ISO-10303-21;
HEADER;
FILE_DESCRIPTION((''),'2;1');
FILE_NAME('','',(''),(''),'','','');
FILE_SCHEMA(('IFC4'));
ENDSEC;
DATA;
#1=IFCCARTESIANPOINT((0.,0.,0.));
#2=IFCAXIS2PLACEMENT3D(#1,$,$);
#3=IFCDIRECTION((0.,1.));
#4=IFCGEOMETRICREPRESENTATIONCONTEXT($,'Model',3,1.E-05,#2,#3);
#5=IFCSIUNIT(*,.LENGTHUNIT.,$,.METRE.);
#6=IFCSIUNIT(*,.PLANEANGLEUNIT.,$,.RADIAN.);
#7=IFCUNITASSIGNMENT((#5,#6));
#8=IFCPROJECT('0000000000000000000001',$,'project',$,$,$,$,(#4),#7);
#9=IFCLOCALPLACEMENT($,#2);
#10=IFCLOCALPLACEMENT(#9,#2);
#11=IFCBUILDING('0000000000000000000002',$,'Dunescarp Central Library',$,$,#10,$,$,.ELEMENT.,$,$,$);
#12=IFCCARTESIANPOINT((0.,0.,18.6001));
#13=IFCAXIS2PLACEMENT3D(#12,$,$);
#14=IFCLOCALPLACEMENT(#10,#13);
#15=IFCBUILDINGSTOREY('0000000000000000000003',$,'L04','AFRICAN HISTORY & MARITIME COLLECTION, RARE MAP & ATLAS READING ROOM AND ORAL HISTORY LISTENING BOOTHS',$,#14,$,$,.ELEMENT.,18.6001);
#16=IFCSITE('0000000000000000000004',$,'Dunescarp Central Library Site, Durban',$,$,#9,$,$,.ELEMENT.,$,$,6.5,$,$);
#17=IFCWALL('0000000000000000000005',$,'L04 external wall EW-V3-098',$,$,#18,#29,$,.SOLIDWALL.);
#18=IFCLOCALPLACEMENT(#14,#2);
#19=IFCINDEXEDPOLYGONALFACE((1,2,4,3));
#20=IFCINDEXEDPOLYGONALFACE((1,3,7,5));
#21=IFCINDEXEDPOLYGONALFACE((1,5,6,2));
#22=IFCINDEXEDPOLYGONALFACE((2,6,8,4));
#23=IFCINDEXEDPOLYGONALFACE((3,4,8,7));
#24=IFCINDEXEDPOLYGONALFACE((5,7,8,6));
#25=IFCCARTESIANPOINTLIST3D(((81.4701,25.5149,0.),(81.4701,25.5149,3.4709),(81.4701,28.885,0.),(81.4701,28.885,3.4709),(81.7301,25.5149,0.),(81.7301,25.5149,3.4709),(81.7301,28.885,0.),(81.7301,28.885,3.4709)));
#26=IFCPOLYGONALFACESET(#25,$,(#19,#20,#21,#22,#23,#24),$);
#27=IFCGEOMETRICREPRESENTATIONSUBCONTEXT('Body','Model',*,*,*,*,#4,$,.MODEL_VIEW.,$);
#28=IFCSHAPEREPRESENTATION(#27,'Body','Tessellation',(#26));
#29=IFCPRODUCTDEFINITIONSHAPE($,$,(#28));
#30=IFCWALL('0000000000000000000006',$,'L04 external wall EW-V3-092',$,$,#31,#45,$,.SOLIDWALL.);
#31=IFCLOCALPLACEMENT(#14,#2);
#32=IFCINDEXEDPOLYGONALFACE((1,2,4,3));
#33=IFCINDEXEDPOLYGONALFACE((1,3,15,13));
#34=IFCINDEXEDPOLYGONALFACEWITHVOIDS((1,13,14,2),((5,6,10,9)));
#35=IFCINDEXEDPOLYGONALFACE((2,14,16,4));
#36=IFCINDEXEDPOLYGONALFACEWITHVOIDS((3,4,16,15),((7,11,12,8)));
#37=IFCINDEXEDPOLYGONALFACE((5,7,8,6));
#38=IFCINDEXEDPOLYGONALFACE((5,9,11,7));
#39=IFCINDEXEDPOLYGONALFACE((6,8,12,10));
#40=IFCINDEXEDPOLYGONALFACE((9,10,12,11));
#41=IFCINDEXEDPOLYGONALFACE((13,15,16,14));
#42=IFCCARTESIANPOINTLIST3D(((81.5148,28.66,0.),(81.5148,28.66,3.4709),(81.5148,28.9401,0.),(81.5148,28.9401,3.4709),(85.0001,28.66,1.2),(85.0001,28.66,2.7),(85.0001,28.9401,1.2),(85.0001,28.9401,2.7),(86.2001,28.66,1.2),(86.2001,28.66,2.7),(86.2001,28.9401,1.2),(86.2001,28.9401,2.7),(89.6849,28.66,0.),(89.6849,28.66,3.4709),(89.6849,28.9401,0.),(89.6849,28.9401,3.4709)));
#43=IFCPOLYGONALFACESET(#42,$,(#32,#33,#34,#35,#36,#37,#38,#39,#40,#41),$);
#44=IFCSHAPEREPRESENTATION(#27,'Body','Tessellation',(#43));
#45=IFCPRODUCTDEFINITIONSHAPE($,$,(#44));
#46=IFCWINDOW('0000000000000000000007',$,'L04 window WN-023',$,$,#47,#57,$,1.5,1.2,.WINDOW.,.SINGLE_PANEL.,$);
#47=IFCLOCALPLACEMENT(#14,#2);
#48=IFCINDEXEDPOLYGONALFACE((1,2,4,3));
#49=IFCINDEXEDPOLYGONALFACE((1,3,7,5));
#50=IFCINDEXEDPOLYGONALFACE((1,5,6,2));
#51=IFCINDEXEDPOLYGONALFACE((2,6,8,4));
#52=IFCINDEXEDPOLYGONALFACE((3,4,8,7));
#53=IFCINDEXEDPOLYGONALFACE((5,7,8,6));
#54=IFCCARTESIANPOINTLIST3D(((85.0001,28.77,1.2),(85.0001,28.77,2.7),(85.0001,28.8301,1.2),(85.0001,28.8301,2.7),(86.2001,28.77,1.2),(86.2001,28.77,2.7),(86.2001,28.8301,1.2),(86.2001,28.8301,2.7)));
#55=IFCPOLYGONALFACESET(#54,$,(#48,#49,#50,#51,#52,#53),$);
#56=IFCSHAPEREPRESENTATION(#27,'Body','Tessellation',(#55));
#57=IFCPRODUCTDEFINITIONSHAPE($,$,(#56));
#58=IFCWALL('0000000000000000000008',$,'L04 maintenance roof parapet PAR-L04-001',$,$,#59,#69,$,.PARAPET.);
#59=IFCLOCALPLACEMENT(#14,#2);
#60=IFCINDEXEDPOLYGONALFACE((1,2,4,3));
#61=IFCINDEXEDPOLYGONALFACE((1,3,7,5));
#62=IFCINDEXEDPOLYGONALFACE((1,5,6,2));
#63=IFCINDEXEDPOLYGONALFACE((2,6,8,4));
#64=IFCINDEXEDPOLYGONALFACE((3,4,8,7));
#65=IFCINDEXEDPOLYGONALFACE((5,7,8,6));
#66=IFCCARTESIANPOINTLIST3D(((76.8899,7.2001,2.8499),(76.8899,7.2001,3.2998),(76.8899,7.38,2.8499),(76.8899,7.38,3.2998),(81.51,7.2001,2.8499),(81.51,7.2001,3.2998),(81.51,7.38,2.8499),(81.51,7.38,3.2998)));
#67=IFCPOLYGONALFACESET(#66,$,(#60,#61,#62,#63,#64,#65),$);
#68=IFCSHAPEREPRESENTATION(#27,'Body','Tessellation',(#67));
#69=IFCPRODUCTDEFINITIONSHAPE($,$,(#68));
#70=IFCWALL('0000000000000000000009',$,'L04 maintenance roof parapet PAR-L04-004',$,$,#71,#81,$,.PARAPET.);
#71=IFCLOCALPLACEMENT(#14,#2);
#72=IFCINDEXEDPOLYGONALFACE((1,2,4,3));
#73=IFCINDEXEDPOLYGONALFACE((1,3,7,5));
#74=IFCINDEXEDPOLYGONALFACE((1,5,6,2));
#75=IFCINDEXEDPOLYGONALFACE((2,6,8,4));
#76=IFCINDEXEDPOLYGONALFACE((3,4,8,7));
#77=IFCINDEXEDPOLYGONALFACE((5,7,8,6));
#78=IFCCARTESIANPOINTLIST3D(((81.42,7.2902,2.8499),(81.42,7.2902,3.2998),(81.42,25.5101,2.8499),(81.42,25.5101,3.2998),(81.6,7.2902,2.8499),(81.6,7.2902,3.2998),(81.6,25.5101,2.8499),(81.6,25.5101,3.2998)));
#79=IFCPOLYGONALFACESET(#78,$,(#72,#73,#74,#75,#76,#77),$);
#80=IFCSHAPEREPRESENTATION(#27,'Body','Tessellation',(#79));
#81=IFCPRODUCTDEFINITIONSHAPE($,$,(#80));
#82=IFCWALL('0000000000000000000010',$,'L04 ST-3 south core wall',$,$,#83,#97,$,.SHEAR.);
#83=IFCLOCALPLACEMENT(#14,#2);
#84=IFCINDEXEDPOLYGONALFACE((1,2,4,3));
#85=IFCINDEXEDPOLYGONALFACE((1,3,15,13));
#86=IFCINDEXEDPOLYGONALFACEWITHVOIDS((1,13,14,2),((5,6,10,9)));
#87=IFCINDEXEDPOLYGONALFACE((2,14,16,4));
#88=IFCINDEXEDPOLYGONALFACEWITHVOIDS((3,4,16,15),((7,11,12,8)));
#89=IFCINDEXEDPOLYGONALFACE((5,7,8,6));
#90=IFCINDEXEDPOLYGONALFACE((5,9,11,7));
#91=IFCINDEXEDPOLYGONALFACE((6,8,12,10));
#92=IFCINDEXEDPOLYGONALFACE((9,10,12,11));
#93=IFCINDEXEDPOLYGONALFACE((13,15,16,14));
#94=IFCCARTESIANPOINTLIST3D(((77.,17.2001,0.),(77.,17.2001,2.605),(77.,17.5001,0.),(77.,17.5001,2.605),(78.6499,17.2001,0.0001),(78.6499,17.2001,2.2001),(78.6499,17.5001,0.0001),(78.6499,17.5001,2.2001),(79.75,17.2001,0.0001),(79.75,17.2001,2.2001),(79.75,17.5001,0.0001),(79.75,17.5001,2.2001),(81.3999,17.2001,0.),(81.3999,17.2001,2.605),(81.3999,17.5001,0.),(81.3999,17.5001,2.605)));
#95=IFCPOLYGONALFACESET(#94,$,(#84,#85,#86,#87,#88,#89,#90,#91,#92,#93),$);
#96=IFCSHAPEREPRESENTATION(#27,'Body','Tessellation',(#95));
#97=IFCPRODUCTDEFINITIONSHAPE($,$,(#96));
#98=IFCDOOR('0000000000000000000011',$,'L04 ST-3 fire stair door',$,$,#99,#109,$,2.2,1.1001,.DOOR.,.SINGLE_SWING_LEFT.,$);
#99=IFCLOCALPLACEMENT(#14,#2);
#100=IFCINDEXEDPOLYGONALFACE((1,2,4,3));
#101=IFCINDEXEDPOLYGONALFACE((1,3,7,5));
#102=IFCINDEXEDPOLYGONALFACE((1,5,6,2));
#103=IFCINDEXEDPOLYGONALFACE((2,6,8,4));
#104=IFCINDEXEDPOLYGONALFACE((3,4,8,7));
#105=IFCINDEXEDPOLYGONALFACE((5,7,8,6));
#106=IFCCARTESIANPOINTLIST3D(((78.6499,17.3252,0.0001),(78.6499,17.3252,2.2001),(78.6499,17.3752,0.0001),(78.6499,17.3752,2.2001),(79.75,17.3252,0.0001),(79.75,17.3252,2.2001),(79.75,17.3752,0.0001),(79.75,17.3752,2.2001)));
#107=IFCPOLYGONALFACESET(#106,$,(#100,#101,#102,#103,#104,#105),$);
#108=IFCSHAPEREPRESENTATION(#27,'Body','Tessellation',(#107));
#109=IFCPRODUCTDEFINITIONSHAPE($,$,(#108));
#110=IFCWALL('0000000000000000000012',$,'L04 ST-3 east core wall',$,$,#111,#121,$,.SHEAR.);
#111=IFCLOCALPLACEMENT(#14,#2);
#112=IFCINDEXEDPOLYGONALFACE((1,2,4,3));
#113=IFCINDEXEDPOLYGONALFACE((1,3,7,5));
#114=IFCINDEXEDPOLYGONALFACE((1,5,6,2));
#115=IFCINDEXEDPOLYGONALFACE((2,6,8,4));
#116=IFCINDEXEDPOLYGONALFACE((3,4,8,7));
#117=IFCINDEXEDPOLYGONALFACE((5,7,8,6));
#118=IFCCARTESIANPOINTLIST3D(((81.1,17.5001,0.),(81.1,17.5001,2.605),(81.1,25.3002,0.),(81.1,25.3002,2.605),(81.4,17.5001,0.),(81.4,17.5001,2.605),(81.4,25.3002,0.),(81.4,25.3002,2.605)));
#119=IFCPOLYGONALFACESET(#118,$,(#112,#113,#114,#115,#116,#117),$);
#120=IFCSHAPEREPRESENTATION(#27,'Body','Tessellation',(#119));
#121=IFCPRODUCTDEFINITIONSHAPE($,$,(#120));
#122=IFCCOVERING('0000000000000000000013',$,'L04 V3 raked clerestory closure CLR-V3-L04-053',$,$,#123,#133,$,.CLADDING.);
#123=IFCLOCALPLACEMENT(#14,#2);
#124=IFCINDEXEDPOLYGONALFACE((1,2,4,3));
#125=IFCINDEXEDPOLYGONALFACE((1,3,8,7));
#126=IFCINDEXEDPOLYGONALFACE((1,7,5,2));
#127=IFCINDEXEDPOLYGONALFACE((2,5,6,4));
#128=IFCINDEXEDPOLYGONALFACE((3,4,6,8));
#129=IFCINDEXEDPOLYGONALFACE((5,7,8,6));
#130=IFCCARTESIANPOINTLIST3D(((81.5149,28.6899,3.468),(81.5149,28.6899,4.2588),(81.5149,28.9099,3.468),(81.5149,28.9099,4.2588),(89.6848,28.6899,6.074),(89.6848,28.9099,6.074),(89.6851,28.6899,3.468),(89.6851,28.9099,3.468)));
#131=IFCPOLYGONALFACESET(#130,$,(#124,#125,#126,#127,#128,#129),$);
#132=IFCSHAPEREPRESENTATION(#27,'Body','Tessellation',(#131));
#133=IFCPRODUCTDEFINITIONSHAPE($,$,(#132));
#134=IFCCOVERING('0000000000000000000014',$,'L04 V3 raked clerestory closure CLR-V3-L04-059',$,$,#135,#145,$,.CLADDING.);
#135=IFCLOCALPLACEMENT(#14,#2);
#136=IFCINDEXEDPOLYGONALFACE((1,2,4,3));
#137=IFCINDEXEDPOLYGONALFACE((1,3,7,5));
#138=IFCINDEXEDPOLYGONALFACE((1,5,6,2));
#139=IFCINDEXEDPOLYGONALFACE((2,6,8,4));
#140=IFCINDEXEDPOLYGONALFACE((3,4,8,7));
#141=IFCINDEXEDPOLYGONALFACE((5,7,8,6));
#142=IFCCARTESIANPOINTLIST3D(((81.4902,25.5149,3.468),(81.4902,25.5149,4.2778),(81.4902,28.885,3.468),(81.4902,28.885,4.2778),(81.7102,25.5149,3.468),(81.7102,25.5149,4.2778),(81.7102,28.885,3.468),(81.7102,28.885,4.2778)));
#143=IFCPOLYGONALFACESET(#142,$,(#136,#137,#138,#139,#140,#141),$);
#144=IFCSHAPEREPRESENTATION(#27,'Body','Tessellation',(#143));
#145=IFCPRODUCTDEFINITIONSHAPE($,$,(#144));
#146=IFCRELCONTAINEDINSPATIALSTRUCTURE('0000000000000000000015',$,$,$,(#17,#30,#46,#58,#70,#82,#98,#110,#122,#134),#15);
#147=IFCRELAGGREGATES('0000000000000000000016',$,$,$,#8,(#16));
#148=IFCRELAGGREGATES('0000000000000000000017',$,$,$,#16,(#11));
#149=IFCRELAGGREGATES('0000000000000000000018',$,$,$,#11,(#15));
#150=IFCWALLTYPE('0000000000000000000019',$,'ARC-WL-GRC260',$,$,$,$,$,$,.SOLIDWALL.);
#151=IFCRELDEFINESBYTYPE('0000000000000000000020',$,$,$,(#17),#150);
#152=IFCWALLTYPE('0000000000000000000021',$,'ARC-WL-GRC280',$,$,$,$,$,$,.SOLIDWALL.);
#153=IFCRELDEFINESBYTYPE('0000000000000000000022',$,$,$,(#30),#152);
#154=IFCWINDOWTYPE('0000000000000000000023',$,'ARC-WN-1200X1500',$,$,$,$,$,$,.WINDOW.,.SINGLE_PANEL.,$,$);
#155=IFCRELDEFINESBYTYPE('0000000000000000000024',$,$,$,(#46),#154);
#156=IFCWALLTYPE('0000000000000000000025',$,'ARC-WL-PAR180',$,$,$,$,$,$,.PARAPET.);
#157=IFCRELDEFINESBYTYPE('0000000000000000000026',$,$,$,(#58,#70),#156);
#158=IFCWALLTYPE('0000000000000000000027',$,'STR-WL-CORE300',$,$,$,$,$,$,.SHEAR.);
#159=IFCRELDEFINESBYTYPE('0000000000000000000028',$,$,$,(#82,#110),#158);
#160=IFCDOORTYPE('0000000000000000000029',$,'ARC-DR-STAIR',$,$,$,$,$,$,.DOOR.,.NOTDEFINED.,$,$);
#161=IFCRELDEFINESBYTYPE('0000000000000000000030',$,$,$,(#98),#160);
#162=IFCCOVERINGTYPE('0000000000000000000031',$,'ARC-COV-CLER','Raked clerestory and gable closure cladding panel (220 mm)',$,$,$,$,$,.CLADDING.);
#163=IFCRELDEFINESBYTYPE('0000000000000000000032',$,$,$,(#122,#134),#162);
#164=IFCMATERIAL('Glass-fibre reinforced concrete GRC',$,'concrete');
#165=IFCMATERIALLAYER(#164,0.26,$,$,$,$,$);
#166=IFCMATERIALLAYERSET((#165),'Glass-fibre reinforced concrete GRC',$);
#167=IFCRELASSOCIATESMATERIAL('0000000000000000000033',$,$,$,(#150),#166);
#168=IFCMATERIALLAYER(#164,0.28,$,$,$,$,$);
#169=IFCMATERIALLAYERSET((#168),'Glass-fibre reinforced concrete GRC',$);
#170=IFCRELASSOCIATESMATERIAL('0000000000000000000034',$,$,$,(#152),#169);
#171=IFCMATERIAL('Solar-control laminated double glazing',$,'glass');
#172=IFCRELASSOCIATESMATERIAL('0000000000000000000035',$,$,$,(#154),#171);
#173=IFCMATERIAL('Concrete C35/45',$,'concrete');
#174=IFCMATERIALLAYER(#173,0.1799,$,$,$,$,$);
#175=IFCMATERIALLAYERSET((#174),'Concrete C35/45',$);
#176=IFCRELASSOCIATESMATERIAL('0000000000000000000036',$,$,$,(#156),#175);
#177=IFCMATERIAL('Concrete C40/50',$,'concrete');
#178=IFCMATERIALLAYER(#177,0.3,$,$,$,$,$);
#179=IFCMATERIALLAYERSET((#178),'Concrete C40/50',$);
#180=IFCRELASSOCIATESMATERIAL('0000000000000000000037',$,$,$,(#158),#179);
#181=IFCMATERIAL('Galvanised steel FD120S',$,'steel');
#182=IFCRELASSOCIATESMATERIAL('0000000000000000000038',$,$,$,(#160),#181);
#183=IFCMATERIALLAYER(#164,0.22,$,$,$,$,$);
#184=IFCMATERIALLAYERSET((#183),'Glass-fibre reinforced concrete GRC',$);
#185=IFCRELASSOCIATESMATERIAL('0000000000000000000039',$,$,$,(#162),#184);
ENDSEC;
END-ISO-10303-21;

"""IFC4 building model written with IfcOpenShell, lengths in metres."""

from ifc_helpers import new_model, si_unit, direction, frame, frame_2d, origin, place, context, subcontext, project, spatial, polyline, rectangle, outline, extrude, material, layer, layer_set, type_object, element, fill, save


model = new_model("IFC4")

# Units and contexts
model_context = context("Model", 3, precision=1e-05, world=origin(), true_north=direction((0.0, 1.0)))
body_context = subcontext(model_context, "Body", "Model", "MODEL_VIEW")
ifc_project = project(units=[si_unit("LENGTHUNIT", "METRE"), si_unit("PLANEANGLEUNIT", "RADIAN")], contexts=[model_context])

# Site, building, storey
site_placement = place(None, origin())
site = spatial("IfcSite", under=ifc_project, at=site_placement, Name="Dunescarp Central Library Site, Durban", CompositionType="ELEMENT", RefElevation=6.5)
building_placement = place(site_placement, origin())
building = spatial("IfcBuilding", under=site, at=building_placement, Name="Dunescarp Central Library", CompositionType="ELEMENT")
storey_placement = place(building_placement, frame((0.0, 0.0, 18.6001)))
storey = spatial("IfcBuildingStorey", under=building, at=storey_placement, Name="L04", Description="AFRICAN HISTORY & MARITIME COLLECTION, RARE MAP & ATLAS READING ROOM AND ORAL HISTORY LISTENING BOOTHS", CompositionType="ELEMENT", Elevation=18.6001)

# Shared definitions
ifc_material_1 = material(Name="Concrete C35/45", Category="concrete")
ifc_material_2 = material(Name="Galvanised steel FD120S", Category="steel")

# Wall
ifc_material_3 = material(Name="Glass-fibre reinforced concrete GRC", Category="concrete")
ifc_layer_1 = layer(ifc_material_3, 0.26)
ifc_layer_set_1 = layer_set([ifc_layer_1], Name="Glass-fibre reinforced concrete GRC")
wall_type_1 = type_object("IfcWallType", Name="ARC-WL-GRC260", PredefinedType="SOLIDWALL", material=ifc_layer_set_1)
wall_1_placement = place(storey_placement, frame((81.6001, 25.5149, 0.0), z_axis=(0.0, 0.0, 1.0), x_axis=(0.0, 1.0, 0.0)))
element("IfcWall", 1, at=wall_1_placement, inside=storey, type_object=wall_type_1, Name="L04 external wall EW-V3-098", PredefinedType="SOLIDWALL", context=body_context, shape_type="SweptSolid", body=[
    extrude(rectangle(XDim=3.3701, YDim=0.26, at=frame_2d((1.6851, 0.0))), origin(), (0.0, 0.0, 1.0), 3.4709),
])

# Wall, opening, window
ifc_layer_2 = layer(ifc_material_3, 0.28)
ifc_layer_set_2 = layer_set([ifc_layer_2], Name="Glass-fibre reinforced concrete GRC")
wall_type_2 = type_object("IfcWallType", Name="ARC-WL-GRC280", PredefinedType="SOLIDWALL", material=ifc_layer_set_2)
wall_2_placement = place(storey_placement, frame((81.5149, 28.8, 0.0), z_axis=(0.0, 0.0, 1.0), x_axis=(1.0, 0.0, 0.0)))
wall_2 = element("IfcWall", 2, at=wall_2_placement, inside=storey, type_object=wall_type_2, Name="L04 external wall EW-V3-092", PredefinedType="SOLIDWALL", context=body_context, shape_type="SweptSolid", body=[
    extrude(rectangle(XDim=8.1702, YDim=0.28, at=frame_2d((4.085, 0.0))), origin(), (0.0, 0.0, 1.0), 3.4709),
])
opening_1_placement = place(wall_2_placement, frame((3.4851, 0.0, 1.2)))
opening_1 = element("IfcOpeningElement", 3, at=opening_1_placement, cuts=wall_2, PredefinedType="OPENING", context=body_context, shape_type="SweptSolid", body=[
    extrude(rectangle(XDim=1.2, YDim=1.5, at=frame_2d((0.6001, 0.75))), frame((0.0, 0.1499, 0.0), z_axis=(0.0, -1.0, 0.0), x_axis=(1.0, 0.0, 0.0)), (0.0, 0.0, 1.0), 0.3),
])
ifc_material_4 = material(Name="Solar-control laminated double glazing", Category="glass")
window_type = type_object("IfcWindowType", Name="ARC-WN-1200X1500", PartitioningType="SINGLE_PANEL", PredefinedType="WINDOW", material=ifc_material_4)
window_placement = place(opening_1_placement, origin())
window = element("IfcWindow", 4, at=window_placement, inside=storey, type_object=window_type, Name="L04 window WN-023", OverallHeight=1.5, OverallWidth=1.2, PartitioningType="SINGLE_PANEL", PredefinedType="WINDOW", context=body_context, shape_type="SweptSolid", body=[
    extrude(rectangle(XDim=1.2, YDim=1.5, at=frame_2d((0.6001, 0.75))), frame((0.0, 0.03, 0.0), z_axis=(0.0, -1.0, 0.0), x_axis=(1.0, 0.0, 0.0)), (0.0, 0.0, 1.0), 0.0601),
])
fill(opening_1, window)

# Walls
ifc_layer_3 = layer(ifc_material_1, 0.1799)
ifc_layer_set_3 = layer_set([ifc_layer_3], Name="Concrete C35/45")
wall_type_3 = type_object("IfcWallType", Name="ARC-WL-PAR180", PredefinedType="PARAPET", material=ifc_layer_set_3)
wall_3_placement = place(storey_placement, frame((81.51, 7.29, 2.8499), z_axis=(0.0, 0.0, 1.0), x_axis=(-1.0, 0.0, 0.0)))
element("IfcWall", 5, at=wall_3_placement, inside=storey, type_object=wall_type_3, Name="L04 maintenance roof parapet PAR-L04-001", PredefinedType="PARAPET", context=body_context, shape_type="SweptSolid", body=[
    extrude(rectangle(XDim=4.6201, YDim=0.1799, at=frame_2d((2.3101, 0.0))), origin(), (0.0, 0.0, 1.0), 0.45),
])
wall_4_placement = place(storey_placement, frame((81.51, 25.51, 2.8499), z_axis=(0.0, 0.0, 1.0), x_axis=(0.0, -1.0, 0.0)))
element("IfcWall", 6, at=wall_4_placement, inside=storey, type_object=wall_type_3, Name="L04 maintenance roof parapet PAR-L04-004", PredefinedType="PARAPET", context=body_context, shape_type="SweptSolid", body=[
    extrude(rectangle(XDim=18.22, YDim=0.1799, at=frame_2d((9.1099, 0.0))), origin(), (0.0, 0.0, 1.0), 0.45),
])

# Wall, opening, door
ifc_material_5 = material(Name="Concrete C40/50", Category="concrete")
ifc_layer_4 = layer(ifc_material_5, 0.3)
ifc_layer_set_4 = layer_set([ifc_layer_4], Name="Concrete C40/50")
wall_type_4 = type_object("IfcWallType", Name="STR-WL-CORE300", PredefinedType="SHEAR", material=ifc_layer_set_4)
wall_5_placement = place(storey_placement, frame((81.3999, 17.3501, 0.0), z_axis=(0.0, 0.0, 1.0), x_axis=(-1.0, 0.0, 0.0)))
wall_5 = element("IfcWall", 7, at=wall_5_placement, inside=storey, type_object=wall_type_4, Name="L04 ST-3 south core wall", PredefinedType="SHEAR", context=body_context, shape_type="SweptSolid", body=[
    extrude(rectangle(XDim=4.3999, YDim=0.3, at=frame_2d((2.2, 0.0))), origin(), (0.0, 0.0, 1.0), 2.605),
])
opening_2_placement = place(wall_5_placement, frame((1.6499, 0.0, 0.0)))
opening_2 = element("IfcOpeningElement", 8, at=opening_2_placement, cuts=wall_5, PredefinedType="OPENING", context=body_context, shape_type="SweptSolid", body=[
    extrude(rectangle(XDim=1.1001, YDim=2.2, at=frame_2d((0.55, 1.1001))), frame((0.0, 0.1602, 0.0), z_axis=(0.0, -1.0, 0.0), x_axis=(1.0, 0.0, 0.0)), (0.0, 0.0, 1.0), 0.3201),
])
door_type_1 = type_object("IfcDoorType", Name="ARC-DR-STAIR", OperationType="NOTDEFINED", PredefinedType="DOOR", material=ifc_material_2)
door_1_placement = place(opening_2_placement, origin())
door_1 = element("IfcDoor", 9, at=door_1_placement, inside=storey, type_object=door_type_1, Name="L04 ST-3 fire stair door", OperationType="SINGLE_SWING_LEFT", OverallHeight=2.2, OverallWidth=1.1001, PredefinedType="DOOR", context=body_context, shape_type="SweptSolid", body=[
    extrude(rectangle(XDim=1.1001, YDim=2.2, at=frame_2d((0.55, 1.1001))), frame((0.0, 0.0249, 0.0), z_axis=(0.0, -1.0, 0.0), x_axis=(1.0, 0.0, 0.0)), (0.0, 0.0, 1.0), 0.05),
])
fill(opening_2, door_1)

# Wall
wall_6_placement = place(storey_placement, frame((81.25, 25.3, 0.0), z_axis=(0.0, 0.0, 1.0), x_axis=(0.0, -1.0, 0.0)))
element("IfcWall", 10, at=wall_6_placement, inside=storey, type_object=wall_type_4, Name="L04 ST-3 east core wall", PredefinedType="SHEAR", context=body_context, shape_type="SweptSolid", body=[
    extrude(rectangle(XDim=7.8, YDim=0.3, at=frame_2d((3.8999, 0.0))), origin(), (0.0, 0.0, 1.0), 2.605),
])

# Coverings
ifc_layer_5 = layer(ifc_material_3, 0.22)
ifc_layer_set_5 = layer_set([ifc_layer_5], Name="Glass-fibre reinforced concrete GRC")
covering_type = type_object("IfcCoveringType", Name="ARC-COV-CLER", Description="Raked clerestory and gable closure cladding panel (220 mm)", PredefinedType="CLADDING", material=ifc_layer_set_5)
covering_1_placement = place(storey_placement, frame((81.5149, 28.8, 3.468), z_axis=(0.0, 0.0, 1.0), x_axis=(1.0, 0.0, 0.0)))
element("IfcCovering", 11, at=covering_1_placement, inside=storey, type_object=covering_type, Name="L04 V3 raked clerestory closure CLR-V3-L04-053", PredefinedType="CLADDING", context=body_context, shape_type="SweptSolid", body=[
    extrude(outline(polyline([(0.0, 0.0), (8.1702, 0.0), (8.1699, 2.606), (0.0, 0.7908), (0.0, 0.0)])), frame((0.0, 0.1099, 0.0), z_axis=(0.0, -1.0, 0.0), x_axis=(1.0, 0.0, 0.0)), (0.0, 0.0, 1.0), 0.22),
])
covering_2_placement = place(storey_placement, frame((81.6001, 25.5149, 3.468), z_axis=(0.0, 0.0, 1.0), x_axis=(0.0, 1.0, 0.0)))
element("IfcCovering", 12, at=covering_2_placement, inside=storey, type_object=covering_type, Name="L04 V3 raked clerestory closure CLR-V3-L04-059", PredefinedType="CLADDING", context=body_context, shape_type="SweptSolid", body=[
    extrude(outline(polyline([(0.0, 0.0), (3.3701, 0.0), (3.3701, 0.8098), (0.0, 0.8098), (0.0, 0.0)])), frame((0.0, 0.1099, 0.0), z_axis=(0.0, -1.0, 0.0), x_axis=(1.0, 0.0, 0.0)), (0.0, 0.0, 1.0), 0.22),
])

save(model, "model.ifc")
